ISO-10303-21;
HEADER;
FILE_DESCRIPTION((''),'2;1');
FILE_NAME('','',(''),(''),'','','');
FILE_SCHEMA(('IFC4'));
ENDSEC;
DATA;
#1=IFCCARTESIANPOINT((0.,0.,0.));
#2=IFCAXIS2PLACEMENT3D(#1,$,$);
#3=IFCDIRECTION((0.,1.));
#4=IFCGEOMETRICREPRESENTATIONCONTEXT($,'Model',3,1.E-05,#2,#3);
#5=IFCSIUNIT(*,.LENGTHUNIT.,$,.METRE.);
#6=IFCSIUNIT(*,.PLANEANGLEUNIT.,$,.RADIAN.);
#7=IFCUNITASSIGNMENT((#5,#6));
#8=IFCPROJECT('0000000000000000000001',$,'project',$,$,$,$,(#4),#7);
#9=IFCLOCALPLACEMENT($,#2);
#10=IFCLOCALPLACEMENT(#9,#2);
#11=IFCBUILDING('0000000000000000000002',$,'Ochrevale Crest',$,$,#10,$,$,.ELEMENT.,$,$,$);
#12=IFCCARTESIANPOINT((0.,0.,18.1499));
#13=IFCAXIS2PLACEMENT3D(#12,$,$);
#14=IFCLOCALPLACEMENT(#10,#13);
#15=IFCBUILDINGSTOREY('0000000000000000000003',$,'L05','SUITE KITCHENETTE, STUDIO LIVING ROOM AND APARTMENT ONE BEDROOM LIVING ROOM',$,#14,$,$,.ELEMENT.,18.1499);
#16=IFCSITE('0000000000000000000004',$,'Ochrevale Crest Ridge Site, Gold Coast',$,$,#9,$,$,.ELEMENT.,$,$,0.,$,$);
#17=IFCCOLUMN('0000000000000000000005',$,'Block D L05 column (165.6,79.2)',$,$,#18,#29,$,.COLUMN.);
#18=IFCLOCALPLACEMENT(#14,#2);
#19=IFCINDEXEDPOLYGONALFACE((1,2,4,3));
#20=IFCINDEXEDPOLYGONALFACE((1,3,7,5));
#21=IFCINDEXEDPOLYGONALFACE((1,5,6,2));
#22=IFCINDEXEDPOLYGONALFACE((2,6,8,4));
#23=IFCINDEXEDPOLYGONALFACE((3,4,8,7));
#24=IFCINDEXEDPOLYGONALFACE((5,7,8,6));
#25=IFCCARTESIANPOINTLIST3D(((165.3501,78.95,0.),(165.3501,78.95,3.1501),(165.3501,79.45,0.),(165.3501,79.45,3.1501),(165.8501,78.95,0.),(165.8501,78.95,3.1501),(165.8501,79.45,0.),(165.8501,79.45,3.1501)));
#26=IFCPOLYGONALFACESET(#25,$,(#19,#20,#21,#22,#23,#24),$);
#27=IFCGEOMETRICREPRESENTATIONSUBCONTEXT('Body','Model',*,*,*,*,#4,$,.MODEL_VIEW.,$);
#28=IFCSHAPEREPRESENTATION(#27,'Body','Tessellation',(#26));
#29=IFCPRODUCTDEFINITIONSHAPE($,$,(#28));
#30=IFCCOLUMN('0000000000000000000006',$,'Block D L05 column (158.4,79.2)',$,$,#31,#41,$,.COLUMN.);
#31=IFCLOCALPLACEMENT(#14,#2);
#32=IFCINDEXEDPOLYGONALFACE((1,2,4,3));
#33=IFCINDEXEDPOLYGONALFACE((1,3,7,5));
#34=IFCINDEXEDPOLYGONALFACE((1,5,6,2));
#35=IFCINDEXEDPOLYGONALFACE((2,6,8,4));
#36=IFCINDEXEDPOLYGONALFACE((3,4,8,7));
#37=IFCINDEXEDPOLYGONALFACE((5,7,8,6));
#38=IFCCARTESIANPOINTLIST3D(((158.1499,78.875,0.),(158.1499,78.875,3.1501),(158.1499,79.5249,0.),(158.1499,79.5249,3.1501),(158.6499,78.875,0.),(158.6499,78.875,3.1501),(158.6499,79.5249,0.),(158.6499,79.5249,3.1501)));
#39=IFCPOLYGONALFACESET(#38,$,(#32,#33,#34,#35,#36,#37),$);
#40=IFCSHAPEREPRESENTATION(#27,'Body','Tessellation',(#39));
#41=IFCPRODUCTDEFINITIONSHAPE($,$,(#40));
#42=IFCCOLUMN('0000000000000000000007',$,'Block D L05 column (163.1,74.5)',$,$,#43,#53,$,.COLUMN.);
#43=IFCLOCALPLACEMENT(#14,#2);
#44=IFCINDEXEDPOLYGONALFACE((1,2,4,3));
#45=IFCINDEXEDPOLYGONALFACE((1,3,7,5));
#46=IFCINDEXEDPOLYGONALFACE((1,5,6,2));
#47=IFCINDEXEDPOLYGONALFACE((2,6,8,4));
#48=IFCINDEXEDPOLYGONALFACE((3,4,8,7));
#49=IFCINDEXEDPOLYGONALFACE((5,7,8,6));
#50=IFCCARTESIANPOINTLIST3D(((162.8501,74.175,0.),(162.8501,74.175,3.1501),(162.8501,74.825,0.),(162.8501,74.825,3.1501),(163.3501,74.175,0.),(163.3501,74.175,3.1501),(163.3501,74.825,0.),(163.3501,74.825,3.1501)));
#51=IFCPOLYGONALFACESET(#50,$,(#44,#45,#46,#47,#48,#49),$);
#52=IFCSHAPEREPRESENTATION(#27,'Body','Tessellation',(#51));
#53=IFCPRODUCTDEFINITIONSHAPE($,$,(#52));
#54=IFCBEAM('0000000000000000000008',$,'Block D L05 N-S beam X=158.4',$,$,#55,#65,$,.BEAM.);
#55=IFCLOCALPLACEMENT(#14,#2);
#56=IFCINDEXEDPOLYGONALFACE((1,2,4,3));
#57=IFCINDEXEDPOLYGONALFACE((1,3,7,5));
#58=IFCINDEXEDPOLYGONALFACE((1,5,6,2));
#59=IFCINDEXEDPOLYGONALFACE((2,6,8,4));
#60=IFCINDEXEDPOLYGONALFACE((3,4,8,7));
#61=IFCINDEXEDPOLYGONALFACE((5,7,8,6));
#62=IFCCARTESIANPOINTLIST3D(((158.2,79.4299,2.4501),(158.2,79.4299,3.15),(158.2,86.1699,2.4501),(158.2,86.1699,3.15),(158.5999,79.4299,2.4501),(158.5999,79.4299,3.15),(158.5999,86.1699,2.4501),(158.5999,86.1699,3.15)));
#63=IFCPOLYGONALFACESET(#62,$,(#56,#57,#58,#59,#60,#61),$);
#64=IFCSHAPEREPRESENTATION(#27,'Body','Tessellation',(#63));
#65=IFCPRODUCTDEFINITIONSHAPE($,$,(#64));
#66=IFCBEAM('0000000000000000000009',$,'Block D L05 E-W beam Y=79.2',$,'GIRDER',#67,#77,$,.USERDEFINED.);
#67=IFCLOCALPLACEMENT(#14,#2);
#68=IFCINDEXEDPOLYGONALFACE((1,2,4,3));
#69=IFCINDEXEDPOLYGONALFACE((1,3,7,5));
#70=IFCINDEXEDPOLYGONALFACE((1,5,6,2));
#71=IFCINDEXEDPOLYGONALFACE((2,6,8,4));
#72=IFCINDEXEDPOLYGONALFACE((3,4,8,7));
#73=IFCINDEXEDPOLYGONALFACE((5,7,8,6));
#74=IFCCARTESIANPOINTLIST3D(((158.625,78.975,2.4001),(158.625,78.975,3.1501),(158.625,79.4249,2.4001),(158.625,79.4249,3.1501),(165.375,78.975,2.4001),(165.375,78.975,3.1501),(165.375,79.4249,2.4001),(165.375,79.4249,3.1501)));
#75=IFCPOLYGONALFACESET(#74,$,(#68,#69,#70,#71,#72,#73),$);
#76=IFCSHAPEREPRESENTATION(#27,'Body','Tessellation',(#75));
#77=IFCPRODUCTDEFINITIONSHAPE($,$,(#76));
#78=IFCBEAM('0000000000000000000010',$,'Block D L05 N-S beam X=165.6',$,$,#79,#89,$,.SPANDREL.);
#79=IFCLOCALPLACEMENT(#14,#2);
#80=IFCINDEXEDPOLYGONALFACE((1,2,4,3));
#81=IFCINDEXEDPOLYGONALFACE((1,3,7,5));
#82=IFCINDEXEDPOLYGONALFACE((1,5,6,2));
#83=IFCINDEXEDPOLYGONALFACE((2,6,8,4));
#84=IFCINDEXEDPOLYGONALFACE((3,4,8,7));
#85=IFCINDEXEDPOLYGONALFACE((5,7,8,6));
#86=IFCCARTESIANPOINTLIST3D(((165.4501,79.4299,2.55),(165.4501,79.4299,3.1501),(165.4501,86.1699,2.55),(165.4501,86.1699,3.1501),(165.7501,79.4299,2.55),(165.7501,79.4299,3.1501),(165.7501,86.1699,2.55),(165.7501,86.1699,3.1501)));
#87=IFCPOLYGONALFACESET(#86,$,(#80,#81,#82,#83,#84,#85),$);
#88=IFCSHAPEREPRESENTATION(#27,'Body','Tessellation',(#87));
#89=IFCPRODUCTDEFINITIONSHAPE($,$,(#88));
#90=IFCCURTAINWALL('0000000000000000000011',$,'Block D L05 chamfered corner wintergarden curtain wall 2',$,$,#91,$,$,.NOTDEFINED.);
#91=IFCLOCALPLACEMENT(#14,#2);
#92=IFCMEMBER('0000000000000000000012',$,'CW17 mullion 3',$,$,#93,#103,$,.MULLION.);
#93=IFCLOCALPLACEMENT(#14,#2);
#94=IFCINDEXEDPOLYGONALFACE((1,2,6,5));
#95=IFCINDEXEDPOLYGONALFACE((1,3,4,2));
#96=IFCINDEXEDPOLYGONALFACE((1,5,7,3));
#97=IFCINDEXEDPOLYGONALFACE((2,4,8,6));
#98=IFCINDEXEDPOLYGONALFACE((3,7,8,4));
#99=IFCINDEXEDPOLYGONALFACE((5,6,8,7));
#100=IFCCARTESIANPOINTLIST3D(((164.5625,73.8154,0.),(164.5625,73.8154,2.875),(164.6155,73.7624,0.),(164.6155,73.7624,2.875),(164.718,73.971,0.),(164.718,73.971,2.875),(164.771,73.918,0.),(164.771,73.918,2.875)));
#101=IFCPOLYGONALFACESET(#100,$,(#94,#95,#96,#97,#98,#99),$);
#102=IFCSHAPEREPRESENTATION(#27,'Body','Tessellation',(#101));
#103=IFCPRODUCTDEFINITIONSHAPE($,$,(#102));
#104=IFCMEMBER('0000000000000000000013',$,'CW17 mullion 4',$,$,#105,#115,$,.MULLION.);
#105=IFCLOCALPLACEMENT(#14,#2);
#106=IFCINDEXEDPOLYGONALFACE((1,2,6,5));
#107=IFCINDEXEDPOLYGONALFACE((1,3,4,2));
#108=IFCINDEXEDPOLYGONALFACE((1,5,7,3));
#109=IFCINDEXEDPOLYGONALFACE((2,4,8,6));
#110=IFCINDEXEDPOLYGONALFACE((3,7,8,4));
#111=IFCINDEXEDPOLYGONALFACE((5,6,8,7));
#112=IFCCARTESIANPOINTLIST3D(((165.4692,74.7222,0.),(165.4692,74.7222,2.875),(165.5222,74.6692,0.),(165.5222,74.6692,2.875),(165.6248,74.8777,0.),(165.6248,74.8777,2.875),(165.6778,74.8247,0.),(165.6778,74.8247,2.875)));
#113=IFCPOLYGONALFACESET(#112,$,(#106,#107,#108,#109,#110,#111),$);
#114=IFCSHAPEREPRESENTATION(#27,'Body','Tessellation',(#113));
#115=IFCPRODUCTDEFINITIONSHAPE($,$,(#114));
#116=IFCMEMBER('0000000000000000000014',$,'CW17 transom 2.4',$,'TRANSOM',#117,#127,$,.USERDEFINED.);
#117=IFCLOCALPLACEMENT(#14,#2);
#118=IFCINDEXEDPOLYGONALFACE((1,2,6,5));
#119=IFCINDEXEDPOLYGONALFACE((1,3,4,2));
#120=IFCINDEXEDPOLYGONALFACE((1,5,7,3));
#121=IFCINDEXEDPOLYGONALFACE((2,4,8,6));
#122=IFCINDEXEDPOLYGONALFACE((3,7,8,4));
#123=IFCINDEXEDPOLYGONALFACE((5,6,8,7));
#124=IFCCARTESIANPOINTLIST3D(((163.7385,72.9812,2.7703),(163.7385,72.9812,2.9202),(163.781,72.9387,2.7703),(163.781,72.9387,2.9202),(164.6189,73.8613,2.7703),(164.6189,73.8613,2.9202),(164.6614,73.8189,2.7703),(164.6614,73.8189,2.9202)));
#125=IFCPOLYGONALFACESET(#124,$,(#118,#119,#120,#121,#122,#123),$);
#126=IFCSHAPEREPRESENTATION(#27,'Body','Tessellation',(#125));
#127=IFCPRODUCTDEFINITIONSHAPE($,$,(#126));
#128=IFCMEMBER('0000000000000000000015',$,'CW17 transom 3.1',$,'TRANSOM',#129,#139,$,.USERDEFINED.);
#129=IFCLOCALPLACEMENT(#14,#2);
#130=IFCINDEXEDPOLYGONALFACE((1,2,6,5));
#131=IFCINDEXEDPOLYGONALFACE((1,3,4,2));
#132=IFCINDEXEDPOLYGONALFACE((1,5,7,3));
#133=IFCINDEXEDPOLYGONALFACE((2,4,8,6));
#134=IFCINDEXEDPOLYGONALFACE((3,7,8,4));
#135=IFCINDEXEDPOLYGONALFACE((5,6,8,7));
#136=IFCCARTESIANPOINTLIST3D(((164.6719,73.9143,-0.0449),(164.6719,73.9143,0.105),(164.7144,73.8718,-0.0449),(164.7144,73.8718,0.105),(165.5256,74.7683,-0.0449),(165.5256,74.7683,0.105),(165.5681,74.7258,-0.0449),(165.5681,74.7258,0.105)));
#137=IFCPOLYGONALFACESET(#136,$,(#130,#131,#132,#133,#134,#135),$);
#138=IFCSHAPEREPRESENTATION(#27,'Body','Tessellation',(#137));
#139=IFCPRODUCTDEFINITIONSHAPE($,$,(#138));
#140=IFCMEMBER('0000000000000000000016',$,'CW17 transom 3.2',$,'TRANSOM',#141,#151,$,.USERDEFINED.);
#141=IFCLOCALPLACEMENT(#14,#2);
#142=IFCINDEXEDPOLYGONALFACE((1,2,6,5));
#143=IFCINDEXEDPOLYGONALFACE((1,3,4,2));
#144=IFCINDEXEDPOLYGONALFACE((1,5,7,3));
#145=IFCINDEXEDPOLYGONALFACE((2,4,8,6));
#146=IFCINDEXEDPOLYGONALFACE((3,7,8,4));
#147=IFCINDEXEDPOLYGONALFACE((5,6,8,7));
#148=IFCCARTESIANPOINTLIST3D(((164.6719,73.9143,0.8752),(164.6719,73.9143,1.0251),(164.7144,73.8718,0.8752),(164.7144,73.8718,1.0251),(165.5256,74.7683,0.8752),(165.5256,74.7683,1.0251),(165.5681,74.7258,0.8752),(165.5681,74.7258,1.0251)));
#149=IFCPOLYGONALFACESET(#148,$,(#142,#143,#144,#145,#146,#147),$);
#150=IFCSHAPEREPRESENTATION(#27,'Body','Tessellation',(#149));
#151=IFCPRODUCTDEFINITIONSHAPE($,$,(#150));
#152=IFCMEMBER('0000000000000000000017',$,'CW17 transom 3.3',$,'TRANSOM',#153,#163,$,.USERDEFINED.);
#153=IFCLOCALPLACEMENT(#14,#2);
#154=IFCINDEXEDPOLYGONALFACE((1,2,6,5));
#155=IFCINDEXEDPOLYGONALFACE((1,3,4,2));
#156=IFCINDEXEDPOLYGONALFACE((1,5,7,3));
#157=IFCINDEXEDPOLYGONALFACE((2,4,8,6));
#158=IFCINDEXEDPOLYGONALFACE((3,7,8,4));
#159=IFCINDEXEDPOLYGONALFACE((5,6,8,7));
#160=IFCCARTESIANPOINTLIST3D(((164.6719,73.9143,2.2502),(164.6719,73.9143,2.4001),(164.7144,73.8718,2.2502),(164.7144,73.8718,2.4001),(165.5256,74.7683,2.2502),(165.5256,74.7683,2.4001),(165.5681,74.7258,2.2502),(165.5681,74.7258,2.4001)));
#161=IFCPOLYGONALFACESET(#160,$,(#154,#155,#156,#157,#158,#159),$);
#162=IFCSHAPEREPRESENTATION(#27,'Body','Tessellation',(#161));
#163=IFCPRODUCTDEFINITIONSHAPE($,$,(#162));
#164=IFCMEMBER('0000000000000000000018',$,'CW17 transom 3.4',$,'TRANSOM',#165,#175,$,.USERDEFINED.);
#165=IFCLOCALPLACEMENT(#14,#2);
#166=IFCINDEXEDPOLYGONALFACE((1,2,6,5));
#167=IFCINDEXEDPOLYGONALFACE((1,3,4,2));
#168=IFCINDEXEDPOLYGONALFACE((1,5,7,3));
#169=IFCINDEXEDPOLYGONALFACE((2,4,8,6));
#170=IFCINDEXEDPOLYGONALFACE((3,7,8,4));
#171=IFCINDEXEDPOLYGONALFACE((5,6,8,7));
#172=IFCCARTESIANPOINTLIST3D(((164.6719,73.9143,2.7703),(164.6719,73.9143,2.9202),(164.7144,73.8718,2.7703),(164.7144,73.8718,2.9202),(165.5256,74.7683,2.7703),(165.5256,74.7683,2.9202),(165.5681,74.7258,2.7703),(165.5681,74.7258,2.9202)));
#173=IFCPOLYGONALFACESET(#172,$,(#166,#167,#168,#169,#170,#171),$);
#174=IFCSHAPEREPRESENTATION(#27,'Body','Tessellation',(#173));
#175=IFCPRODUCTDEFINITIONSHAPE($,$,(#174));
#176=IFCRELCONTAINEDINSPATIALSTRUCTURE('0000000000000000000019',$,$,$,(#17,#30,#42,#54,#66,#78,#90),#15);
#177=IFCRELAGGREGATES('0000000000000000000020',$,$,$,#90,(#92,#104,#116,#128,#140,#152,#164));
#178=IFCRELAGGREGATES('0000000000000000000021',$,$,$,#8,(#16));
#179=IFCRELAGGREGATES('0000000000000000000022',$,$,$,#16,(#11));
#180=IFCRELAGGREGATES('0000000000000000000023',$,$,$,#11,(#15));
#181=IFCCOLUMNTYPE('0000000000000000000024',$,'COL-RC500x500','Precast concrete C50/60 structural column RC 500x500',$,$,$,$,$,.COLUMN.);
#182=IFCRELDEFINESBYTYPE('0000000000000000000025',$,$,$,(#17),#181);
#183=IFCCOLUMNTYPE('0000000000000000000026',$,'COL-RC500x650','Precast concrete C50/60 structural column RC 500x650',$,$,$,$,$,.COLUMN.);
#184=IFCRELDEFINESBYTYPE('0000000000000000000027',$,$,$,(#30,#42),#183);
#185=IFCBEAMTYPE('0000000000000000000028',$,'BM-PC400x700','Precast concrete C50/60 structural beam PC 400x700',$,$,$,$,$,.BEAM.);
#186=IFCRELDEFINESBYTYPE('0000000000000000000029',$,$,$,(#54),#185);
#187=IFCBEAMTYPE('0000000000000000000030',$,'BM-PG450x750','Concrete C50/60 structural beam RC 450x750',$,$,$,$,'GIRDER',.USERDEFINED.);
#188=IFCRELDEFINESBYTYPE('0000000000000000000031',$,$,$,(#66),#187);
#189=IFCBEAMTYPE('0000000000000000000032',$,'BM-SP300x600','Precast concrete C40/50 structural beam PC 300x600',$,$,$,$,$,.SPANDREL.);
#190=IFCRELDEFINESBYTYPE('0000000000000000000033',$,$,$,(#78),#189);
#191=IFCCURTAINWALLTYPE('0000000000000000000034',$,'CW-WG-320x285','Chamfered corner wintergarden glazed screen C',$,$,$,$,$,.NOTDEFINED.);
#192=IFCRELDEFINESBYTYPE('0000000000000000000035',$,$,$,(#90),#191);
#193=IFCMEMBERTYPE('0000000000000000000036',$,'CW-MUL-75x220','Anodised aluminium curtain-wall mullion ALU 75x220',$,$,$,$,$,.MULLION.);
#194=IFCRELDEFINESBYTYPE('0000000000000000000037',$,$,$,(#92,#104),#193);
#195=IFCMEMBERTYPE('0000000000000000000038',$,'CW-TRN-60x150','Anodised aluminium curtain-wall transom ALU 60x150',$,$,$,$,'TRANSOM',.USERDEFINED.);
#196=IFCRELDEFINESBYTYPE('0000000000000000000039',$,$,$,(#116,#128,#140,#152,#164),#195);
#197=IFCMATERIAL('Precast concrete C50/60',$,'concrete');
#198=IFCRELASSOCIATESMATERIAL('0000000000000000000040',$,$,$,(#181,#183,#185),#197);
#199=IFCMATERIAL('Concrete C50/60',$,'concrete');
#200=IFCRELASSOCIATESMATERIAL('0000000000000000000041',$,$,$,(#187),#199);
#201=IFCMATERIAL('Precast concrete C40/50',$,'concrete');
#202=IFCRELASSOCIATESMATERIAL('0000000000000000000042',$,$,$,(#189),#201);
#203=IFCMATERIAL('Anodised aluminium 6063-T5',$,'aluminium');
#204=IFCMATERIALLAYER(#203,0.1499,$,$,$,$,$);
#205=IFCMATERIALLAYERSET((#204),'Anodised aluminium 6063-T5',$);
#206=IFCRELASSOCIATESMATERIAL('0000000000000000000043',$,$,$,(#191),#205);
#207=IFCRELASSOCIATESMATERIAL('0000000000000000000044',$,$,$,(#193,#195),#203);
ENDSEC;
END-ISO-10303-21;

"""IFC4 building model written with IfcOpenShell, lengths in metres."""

from ifc_helpers import new_model, si_unit, direction, frame, origin, origin_2d, place, context, subcontext, project, spatial, rectangle, extrude, material, layer, layer_set, material_profile, profile_set, type_object, element, aggregate, save


model = new_model("IFC4")

# Units and contexts
model_context = context("Model", 3, precision=1e-05, world=origin(), true_north=direction((0.0, 1.0)))
body_context = subcontext(model_context, "Body", "Model", "MODEL_VIEW")
ifc_project = project(units=[si_unit("LENGTHUNIT", "METRE"), si_unit("PLANEANGLEUNIT", "RADIAN")], contexts=[model_context])

# Site, building, storey
site_placement = place(None, origin())
site = spatial("IfcSite", under=ifc_project, at=site_placement, Name="Ochrevale Crest Ridge Site, Gold Coast", CompositionType="ELEMENT", RefElevation=0.0)
building_placement = place(site_placement, origin())
building = spatial("IfcBuilding", under=site, at=building_placement, Name="Ochrevale Crest", CompositionType="ELEMENT")
storey_placement = place(building_placement, frame((0.0, 0.0, 18.1499)))
storey = spatial("IfcBuildingStorey", under=building, at=storey_placement, Name="L05", Description="SUITE KITCHENETTE, STUDIO LIVING ROOM AND APARTMENT ONE BEDROOM LIVING ROOM", CompositionType="ELEMENT", Elevation=18.1499)

# Columns
ifc_material_1 = material(Name="Precast concrete C50/60", Category="concrete")
ifc_material_profile_1 = material_profile(ifc_material_1, rectangle(XDim=0.5, YDim=0.5, at=origin_2d()), Name="RC 500x500")
ifc_profile_set_1 = profile_set([ifc_material_profile_1], Name="Precast concrete C50/60")
column_type_1 = type_object("IfcColumnType", Name="COL-RC500x500", Description="Precast concrete C50/60 structural column RC 500x500", PredefinedType="COLUMN", material=ifc_profile_set_1)
column_placement = place(storey_placement, frame((165.6001, 79.2, 0.0), z_axis=(0.0, 0.0, 1.0), x_axis=(1.0, 0.0, 0.0)))
element("IfcColumn", 1, at=column_placement, inside=storey, type_object=column_type_1, Name="Block D L05 column (165.6,79.2)", PredefinedType="COLUMN", context=body_context, shape_type="SweptSolid", body=[
    extrude(rectangle(XDim=0.5, YDim=0.5, at=origin_2d()), origin(), (0.0, 0.0, 1.0), 3.1501),
])
ifc_material_profile_2 = material_profile(ifc_material_1, rectangle(XDim=0.5, YDim=0.6499, at=origin_2d()), Name="RC 500x650")
ifc_profile_set_2 = profile_set([ifc_material_profile_2], Name="Precast concrete C50/60")
column_type_2 = type_object("IfcColumnType", Name="COL-RC500x650", Description="Precast concrete C50/60 structural column RC 500x650", PredefinedType="COLUMN", material=ifc_profile_set_2)
for number, where, z_axis, x_axis, name in (
    (2, (158.3999, 79.2, 0.0), (0.0, 0.0, 1.0), (1.0, 0.0, 0.0), "Block D L05 column (158.4,79.2)"),
    (3, (163.1001, 74.5, 0.0), (0.0, 0.0, 1.0), (1.0, 0.0, 0.0), "Block D L05 column (163.1,74.5)"),
):
    element("IfcColumn", number, at=place(storey_placement, frame(where, z_axis=z_axis, x_axis=x_axis)), inside=storey, type_object=column_type_2, Name=name, PredefinedType="COLUMN", context=body_context, shape_type="SweptSolid", body=[
        extrude(rectangle(XDim=0.5, YDim=0.6499, at=origin_2d()), origin(), (0.0, 0.0, 1.0), 3.1501),
    ])

# Beams
ifc_material_profile_3 = material_profile(ifc_material_1, rectangle(XDim=0.3999, YDim=0.7, at=origin_2d()), Name="PC 400x700")
ifc_profile_set_3 = profile_set([ifc_material_profile_3], Name="Precast concrete C50/60")
beam_type_1 = type_object("IfcBeamType", Name="BM-PC400x700", Description="Precast concrete C50/60 structural beam PC 400x700", PredefinedType="BEAM", material=ifc_profile_set_3)
beam_1_placement = place(storey_placement, frame((158.3999, 79.4299, 2.8), z_axis=(0.0, 1.0, 0.0), x_axis=(-1.0, 0.0, 0.0)))
element("IfcBeam", 4, at=beam_1_placement, inside=storey, type_object=beam_type_1, Name="Block D L05 N-S beam X=158.4", PredefinedType="BEAM", context=body_context, shape_type="SweptSolid", body=[
    extrude(rectangle(XDim=0.3999, YDim=0.7, at=origin_2d()), origin(), (0.0, 0.0, 1.0), 6.74),
])
ifc_material_2 = material(Name="Concrete C50/60", Category="concrete")
ifc_material_profile_4 = material_profile(ifc_material_2, rectangle(XDim=0.45, YDim=0.75, at=origin_2d()), Name="RC 450x750")
ifc_profile_set_4 = profile_set([ifc_material_profile_4], Name="Concrete C50/60")
beam_type_2 = type_object("IfcBeamType", Name="BM-PG450x750", Description="Concrete C50/60 structural beam RC 450x750", ElementType="GIRDER", PredefinedType="USERDEFINED", material=ifc_profile_set_4)
beam_2_placement = place(storey_placement, frame((158.625, 79.2, 2.7751), z_axis=(1.0, 0.0, 0.0), x_axis=(0.0, 1.0, 0.0)))
element("IfcBeam", 5, at=beam_2_placement, inside=storey, type_object=beam_type_2, Name="Block D L05 E-W beam Y=79.2", ObjectType="GIRDER", PredefinedType="USERDEFINED", context=body_context, shape_type="SweptSolid", body=[
    extrude(rectangle(XDim=0.45, YDim=0.75, at=origin_2d()), origin(), (0.0, 0.0, 1.0), 6.75),
])
ifc_material_3 = material(Name="Precast concrete C40/50", Category="concrete")
ifc_material_profile_5 = material_profile(ifc_material_3, rectangle(XDim=0.3, YDim=0.6001, at=origin_2d()), Name="PC 300x600")
ifc_profile_set_5 = profile_set([ifc_material_profile_5], Name="Precast concrete C40/50")
beam_type_3 = type_object("IfcBeamType", Name="BM-SP300x600", Description="Precast concrete C40/50 structural beam PC 300x600", PredefinedType="SPANDREL", material=ifc_profile_set_5)
beam_3_placement = place(storey_placement, frame((165.6001, 79.4299, 2.8501), z_axis=(0.0, 1.0, 0.0), x_axis=(-1.0, 0.0, 0.0)))
element("IfcBeam", 6, at=beam_3_placement, inside=storey, type_object=beam_type_3, Name="Block D L05 N-S beam X=165.6", PredefinedType="SPANDREL", context=body_context, shape_type="SweptSolid", body=[
    extrude(rectangle(XDim=0.3, YDim=0.6001, at=origin_2d()), origin(), (0.0, 0.0, 1.0), 6.74),
])

# Curtain wall, members
ifc_material_4 = material(Name="Anodised aluminium 6063-T5", Category="aluminium")
ifc_layer_1 = layer(ifc_material_4, 0.1499)
ifc_layer_set_1 = layer_set([ifc_layer_1], Name="Anodised aluminium 6063-T5")
curtain_wall_type = type_object("IfcCurtainWallType", Name="CW-WG-320x285", Description="Chamfered corner wintergarden glazed screen C", PredefinedType="NOTDEFINED", material=ifc_layer_set_1)
curtain_wall_placement = place(storey_placement, origin())
curtain_wall = element("IfcCurtainWall", 7, at=curtain_wall_placement, inside=storey, type_object=curtain_wall_type, Name="Block D L05 chamfered corner wintergarden curtain wall 2", PredefinedType="NOTDEFINED")
ifc_material_profile_6 = material_profile(ifc_material_4, rectangle(XDim=0.075, YDim=0.22, at=origin_2d()), Name="ALU 75x220")
ifc_profile_set_6 = profile_set([ifc_material_profile_6], Name="Anodised aluminium 6063-T5")
member_type_1 = type_object("IfcMemberType", Name="CW-MUL-75x220", Description="Anodised aluminium curtain-wall mullion ALU 75x220", PredefinedType="MULLION", material=ifc_profile_set_6)
member_1_placement = place(storey_placement, frame((164.6667, 73.8667, 0.0), z_axis=(0.0, 0.0, 1.0), x_axis=(-0.707107, 0.707107, 0.0)))
member_1 = element("IfcMember", 8, at=member_1_placement, type_object=member_type_1, Name="CW17 mullion 3", PredefinedType="MULLION", context=body_context, shape_type="SweptSolid", body=[
    extrude(rectangle(XDim=0.075, YDim=0.22, at=origin_2d()), origin(), (0.0, 0.0, 1.0), 2.875),
])
member_2_placement = place(storey_placement, frame((165.5735, 74.7734, 0.0), z_axis=(0.0, 0.0, 1.0), x_axis=(-0.707107, 0.707107, 0.0)))
member_2 = element("IfcMember", 9, at=member_2_placement, type_object=member_type_1, Name="CW17 mullion 4", PredefinedType="MULLION", context=body_context, shape_type="SweptSolid", body=[
    extrude(rectangle(XDim=0.075, YDim=0.22, at=origin_2d()), origin(), (0.0, 0.0, 1.0), 2.875),
])
ifc_material_profile_7 = material_profile(ifc_material_4, rectangle(XDim=0.0601, YDim=0.1499, at=origin_2d()), Name="ALU 60x150")
ifc_profile_set_7 = profile_set([ifc_material_profile_7], Name="Anodised aluminium 6063-T5")
member_type_2 = type_object("IfcMemberType", Name="CW-TRN-60x150", Description="Anodised aluminium curtain-wall transom ALU 60x150", ElementType="TRANSOM", PredefinedType="USERDEFINED", material=ifc_profile_set_7)
member_3_placement = place(storey_placement, frame((163.7598, 72.96, 2.8452), z_axis=(0.707205, 0.707009, 0.0), x_axis=(-0.707009, 0.707205, 0.0)))
member_3 = element("IfcMember", 10, at=member_3_placement, type_object=member_type_2, Name="CW17 transom 2.4", ObjectType="TRANSOM", PredefinedType="USERDEFINED", context=body_context, shape_type="SweptSolid", body=[
    extrude(rectangle(XDim=0.0601, YDim=0.1499, at=origin_2d()), origin(), (0.0, 0.0, 1.0), 1.2449),
])
member_4_placement = place(storey_placement, frame((164.6931, 73.8931, 0.03), z_axis=(0.707006, 0.707208, 0.0), x_axis=(-0.707208, 0.707006, 0.0)))
member_4 = element("IfcMember", 11, at=member_4_placement, type_object=member_type_2, Name="CW17 transom 3.1", ObjectType="TRANSOM", PredefinedType="USERDEFINED", context=body_context, shape_type="SweptSolid", body=[
    extrude(rectangle(XDim=0.0601, YDim=0.1499, at=origin_2d()), origin(), (0.0, 0.0, 1.0), 1.2075),
])
member_5_placement = place(storey_placement, frame((164.6931, 73.8931, 0.9502), z_axis=(0.707006, 0.707208, 0.0), x_axis=(-0.707208, 0.707006, 0.0)))
member_5 = element("IfcMember", 12, at=member_5_placement, type_object=member_type_2, Name="CW17 transom 3.2", ObjectType="TRANSOM", PredefinedType="USERDEFINED", context=body_context, shape_type="SweptSolid", body=[
    extrude(rectangle(XDim=0.0601, YDim=0.1499, at=origin_2d()), origin(), (0.0, 0.0, 1.0), 1.2075),
])
member_6_placement = place(storey_placement, frame((164.6931, 73.8931, 2.3252), z_axis=(0.707006, 0.707208, 0.0), x_axis=(-0.707208, 0.707006, 0.0)))
member_6 = element("IfcMember", 13, at=member_6_placement, type_object=member_type_2, Name="CW17 transom 3.3", ObjectType="TRANSOM", PredefinedType="USERDEFINED", context=body_context, shape_type="SweptSolid", body=[
    extrude(rectangle(XDim=0.0601, YDim=0.1499, at=origin_2d()), origin(), (0.0, 0.0, 1.0), 1.2075),
])
member_7_placement = place(storey_placement, frame((164.6931, 73.8931, 2.8452), z_axis=(0.707006, 0.707208, 0.0), x_axis=(-0.707208, 0.707006, 0.0)))
member_7 = element("IfcMember", 14, at=member_7_placement, type_object=member_type_2, Name="CW17 transom 3.4", ObjectType="TRANSOM", PredefinedType="USERDEFINED", context=body_context, shape_type="SweptSolid", body=[
    extrude(rectangle(XDim=0.0601, YDim=0.1499, at=origin_2d()), origin(), (0.0, 0.0, 1.0), 1.2075),
])
aggregate(curtain_wall, [member_1, member_2, member_3, member_4, member_5, member_6, member_7])

save(model, "model.ifc")
